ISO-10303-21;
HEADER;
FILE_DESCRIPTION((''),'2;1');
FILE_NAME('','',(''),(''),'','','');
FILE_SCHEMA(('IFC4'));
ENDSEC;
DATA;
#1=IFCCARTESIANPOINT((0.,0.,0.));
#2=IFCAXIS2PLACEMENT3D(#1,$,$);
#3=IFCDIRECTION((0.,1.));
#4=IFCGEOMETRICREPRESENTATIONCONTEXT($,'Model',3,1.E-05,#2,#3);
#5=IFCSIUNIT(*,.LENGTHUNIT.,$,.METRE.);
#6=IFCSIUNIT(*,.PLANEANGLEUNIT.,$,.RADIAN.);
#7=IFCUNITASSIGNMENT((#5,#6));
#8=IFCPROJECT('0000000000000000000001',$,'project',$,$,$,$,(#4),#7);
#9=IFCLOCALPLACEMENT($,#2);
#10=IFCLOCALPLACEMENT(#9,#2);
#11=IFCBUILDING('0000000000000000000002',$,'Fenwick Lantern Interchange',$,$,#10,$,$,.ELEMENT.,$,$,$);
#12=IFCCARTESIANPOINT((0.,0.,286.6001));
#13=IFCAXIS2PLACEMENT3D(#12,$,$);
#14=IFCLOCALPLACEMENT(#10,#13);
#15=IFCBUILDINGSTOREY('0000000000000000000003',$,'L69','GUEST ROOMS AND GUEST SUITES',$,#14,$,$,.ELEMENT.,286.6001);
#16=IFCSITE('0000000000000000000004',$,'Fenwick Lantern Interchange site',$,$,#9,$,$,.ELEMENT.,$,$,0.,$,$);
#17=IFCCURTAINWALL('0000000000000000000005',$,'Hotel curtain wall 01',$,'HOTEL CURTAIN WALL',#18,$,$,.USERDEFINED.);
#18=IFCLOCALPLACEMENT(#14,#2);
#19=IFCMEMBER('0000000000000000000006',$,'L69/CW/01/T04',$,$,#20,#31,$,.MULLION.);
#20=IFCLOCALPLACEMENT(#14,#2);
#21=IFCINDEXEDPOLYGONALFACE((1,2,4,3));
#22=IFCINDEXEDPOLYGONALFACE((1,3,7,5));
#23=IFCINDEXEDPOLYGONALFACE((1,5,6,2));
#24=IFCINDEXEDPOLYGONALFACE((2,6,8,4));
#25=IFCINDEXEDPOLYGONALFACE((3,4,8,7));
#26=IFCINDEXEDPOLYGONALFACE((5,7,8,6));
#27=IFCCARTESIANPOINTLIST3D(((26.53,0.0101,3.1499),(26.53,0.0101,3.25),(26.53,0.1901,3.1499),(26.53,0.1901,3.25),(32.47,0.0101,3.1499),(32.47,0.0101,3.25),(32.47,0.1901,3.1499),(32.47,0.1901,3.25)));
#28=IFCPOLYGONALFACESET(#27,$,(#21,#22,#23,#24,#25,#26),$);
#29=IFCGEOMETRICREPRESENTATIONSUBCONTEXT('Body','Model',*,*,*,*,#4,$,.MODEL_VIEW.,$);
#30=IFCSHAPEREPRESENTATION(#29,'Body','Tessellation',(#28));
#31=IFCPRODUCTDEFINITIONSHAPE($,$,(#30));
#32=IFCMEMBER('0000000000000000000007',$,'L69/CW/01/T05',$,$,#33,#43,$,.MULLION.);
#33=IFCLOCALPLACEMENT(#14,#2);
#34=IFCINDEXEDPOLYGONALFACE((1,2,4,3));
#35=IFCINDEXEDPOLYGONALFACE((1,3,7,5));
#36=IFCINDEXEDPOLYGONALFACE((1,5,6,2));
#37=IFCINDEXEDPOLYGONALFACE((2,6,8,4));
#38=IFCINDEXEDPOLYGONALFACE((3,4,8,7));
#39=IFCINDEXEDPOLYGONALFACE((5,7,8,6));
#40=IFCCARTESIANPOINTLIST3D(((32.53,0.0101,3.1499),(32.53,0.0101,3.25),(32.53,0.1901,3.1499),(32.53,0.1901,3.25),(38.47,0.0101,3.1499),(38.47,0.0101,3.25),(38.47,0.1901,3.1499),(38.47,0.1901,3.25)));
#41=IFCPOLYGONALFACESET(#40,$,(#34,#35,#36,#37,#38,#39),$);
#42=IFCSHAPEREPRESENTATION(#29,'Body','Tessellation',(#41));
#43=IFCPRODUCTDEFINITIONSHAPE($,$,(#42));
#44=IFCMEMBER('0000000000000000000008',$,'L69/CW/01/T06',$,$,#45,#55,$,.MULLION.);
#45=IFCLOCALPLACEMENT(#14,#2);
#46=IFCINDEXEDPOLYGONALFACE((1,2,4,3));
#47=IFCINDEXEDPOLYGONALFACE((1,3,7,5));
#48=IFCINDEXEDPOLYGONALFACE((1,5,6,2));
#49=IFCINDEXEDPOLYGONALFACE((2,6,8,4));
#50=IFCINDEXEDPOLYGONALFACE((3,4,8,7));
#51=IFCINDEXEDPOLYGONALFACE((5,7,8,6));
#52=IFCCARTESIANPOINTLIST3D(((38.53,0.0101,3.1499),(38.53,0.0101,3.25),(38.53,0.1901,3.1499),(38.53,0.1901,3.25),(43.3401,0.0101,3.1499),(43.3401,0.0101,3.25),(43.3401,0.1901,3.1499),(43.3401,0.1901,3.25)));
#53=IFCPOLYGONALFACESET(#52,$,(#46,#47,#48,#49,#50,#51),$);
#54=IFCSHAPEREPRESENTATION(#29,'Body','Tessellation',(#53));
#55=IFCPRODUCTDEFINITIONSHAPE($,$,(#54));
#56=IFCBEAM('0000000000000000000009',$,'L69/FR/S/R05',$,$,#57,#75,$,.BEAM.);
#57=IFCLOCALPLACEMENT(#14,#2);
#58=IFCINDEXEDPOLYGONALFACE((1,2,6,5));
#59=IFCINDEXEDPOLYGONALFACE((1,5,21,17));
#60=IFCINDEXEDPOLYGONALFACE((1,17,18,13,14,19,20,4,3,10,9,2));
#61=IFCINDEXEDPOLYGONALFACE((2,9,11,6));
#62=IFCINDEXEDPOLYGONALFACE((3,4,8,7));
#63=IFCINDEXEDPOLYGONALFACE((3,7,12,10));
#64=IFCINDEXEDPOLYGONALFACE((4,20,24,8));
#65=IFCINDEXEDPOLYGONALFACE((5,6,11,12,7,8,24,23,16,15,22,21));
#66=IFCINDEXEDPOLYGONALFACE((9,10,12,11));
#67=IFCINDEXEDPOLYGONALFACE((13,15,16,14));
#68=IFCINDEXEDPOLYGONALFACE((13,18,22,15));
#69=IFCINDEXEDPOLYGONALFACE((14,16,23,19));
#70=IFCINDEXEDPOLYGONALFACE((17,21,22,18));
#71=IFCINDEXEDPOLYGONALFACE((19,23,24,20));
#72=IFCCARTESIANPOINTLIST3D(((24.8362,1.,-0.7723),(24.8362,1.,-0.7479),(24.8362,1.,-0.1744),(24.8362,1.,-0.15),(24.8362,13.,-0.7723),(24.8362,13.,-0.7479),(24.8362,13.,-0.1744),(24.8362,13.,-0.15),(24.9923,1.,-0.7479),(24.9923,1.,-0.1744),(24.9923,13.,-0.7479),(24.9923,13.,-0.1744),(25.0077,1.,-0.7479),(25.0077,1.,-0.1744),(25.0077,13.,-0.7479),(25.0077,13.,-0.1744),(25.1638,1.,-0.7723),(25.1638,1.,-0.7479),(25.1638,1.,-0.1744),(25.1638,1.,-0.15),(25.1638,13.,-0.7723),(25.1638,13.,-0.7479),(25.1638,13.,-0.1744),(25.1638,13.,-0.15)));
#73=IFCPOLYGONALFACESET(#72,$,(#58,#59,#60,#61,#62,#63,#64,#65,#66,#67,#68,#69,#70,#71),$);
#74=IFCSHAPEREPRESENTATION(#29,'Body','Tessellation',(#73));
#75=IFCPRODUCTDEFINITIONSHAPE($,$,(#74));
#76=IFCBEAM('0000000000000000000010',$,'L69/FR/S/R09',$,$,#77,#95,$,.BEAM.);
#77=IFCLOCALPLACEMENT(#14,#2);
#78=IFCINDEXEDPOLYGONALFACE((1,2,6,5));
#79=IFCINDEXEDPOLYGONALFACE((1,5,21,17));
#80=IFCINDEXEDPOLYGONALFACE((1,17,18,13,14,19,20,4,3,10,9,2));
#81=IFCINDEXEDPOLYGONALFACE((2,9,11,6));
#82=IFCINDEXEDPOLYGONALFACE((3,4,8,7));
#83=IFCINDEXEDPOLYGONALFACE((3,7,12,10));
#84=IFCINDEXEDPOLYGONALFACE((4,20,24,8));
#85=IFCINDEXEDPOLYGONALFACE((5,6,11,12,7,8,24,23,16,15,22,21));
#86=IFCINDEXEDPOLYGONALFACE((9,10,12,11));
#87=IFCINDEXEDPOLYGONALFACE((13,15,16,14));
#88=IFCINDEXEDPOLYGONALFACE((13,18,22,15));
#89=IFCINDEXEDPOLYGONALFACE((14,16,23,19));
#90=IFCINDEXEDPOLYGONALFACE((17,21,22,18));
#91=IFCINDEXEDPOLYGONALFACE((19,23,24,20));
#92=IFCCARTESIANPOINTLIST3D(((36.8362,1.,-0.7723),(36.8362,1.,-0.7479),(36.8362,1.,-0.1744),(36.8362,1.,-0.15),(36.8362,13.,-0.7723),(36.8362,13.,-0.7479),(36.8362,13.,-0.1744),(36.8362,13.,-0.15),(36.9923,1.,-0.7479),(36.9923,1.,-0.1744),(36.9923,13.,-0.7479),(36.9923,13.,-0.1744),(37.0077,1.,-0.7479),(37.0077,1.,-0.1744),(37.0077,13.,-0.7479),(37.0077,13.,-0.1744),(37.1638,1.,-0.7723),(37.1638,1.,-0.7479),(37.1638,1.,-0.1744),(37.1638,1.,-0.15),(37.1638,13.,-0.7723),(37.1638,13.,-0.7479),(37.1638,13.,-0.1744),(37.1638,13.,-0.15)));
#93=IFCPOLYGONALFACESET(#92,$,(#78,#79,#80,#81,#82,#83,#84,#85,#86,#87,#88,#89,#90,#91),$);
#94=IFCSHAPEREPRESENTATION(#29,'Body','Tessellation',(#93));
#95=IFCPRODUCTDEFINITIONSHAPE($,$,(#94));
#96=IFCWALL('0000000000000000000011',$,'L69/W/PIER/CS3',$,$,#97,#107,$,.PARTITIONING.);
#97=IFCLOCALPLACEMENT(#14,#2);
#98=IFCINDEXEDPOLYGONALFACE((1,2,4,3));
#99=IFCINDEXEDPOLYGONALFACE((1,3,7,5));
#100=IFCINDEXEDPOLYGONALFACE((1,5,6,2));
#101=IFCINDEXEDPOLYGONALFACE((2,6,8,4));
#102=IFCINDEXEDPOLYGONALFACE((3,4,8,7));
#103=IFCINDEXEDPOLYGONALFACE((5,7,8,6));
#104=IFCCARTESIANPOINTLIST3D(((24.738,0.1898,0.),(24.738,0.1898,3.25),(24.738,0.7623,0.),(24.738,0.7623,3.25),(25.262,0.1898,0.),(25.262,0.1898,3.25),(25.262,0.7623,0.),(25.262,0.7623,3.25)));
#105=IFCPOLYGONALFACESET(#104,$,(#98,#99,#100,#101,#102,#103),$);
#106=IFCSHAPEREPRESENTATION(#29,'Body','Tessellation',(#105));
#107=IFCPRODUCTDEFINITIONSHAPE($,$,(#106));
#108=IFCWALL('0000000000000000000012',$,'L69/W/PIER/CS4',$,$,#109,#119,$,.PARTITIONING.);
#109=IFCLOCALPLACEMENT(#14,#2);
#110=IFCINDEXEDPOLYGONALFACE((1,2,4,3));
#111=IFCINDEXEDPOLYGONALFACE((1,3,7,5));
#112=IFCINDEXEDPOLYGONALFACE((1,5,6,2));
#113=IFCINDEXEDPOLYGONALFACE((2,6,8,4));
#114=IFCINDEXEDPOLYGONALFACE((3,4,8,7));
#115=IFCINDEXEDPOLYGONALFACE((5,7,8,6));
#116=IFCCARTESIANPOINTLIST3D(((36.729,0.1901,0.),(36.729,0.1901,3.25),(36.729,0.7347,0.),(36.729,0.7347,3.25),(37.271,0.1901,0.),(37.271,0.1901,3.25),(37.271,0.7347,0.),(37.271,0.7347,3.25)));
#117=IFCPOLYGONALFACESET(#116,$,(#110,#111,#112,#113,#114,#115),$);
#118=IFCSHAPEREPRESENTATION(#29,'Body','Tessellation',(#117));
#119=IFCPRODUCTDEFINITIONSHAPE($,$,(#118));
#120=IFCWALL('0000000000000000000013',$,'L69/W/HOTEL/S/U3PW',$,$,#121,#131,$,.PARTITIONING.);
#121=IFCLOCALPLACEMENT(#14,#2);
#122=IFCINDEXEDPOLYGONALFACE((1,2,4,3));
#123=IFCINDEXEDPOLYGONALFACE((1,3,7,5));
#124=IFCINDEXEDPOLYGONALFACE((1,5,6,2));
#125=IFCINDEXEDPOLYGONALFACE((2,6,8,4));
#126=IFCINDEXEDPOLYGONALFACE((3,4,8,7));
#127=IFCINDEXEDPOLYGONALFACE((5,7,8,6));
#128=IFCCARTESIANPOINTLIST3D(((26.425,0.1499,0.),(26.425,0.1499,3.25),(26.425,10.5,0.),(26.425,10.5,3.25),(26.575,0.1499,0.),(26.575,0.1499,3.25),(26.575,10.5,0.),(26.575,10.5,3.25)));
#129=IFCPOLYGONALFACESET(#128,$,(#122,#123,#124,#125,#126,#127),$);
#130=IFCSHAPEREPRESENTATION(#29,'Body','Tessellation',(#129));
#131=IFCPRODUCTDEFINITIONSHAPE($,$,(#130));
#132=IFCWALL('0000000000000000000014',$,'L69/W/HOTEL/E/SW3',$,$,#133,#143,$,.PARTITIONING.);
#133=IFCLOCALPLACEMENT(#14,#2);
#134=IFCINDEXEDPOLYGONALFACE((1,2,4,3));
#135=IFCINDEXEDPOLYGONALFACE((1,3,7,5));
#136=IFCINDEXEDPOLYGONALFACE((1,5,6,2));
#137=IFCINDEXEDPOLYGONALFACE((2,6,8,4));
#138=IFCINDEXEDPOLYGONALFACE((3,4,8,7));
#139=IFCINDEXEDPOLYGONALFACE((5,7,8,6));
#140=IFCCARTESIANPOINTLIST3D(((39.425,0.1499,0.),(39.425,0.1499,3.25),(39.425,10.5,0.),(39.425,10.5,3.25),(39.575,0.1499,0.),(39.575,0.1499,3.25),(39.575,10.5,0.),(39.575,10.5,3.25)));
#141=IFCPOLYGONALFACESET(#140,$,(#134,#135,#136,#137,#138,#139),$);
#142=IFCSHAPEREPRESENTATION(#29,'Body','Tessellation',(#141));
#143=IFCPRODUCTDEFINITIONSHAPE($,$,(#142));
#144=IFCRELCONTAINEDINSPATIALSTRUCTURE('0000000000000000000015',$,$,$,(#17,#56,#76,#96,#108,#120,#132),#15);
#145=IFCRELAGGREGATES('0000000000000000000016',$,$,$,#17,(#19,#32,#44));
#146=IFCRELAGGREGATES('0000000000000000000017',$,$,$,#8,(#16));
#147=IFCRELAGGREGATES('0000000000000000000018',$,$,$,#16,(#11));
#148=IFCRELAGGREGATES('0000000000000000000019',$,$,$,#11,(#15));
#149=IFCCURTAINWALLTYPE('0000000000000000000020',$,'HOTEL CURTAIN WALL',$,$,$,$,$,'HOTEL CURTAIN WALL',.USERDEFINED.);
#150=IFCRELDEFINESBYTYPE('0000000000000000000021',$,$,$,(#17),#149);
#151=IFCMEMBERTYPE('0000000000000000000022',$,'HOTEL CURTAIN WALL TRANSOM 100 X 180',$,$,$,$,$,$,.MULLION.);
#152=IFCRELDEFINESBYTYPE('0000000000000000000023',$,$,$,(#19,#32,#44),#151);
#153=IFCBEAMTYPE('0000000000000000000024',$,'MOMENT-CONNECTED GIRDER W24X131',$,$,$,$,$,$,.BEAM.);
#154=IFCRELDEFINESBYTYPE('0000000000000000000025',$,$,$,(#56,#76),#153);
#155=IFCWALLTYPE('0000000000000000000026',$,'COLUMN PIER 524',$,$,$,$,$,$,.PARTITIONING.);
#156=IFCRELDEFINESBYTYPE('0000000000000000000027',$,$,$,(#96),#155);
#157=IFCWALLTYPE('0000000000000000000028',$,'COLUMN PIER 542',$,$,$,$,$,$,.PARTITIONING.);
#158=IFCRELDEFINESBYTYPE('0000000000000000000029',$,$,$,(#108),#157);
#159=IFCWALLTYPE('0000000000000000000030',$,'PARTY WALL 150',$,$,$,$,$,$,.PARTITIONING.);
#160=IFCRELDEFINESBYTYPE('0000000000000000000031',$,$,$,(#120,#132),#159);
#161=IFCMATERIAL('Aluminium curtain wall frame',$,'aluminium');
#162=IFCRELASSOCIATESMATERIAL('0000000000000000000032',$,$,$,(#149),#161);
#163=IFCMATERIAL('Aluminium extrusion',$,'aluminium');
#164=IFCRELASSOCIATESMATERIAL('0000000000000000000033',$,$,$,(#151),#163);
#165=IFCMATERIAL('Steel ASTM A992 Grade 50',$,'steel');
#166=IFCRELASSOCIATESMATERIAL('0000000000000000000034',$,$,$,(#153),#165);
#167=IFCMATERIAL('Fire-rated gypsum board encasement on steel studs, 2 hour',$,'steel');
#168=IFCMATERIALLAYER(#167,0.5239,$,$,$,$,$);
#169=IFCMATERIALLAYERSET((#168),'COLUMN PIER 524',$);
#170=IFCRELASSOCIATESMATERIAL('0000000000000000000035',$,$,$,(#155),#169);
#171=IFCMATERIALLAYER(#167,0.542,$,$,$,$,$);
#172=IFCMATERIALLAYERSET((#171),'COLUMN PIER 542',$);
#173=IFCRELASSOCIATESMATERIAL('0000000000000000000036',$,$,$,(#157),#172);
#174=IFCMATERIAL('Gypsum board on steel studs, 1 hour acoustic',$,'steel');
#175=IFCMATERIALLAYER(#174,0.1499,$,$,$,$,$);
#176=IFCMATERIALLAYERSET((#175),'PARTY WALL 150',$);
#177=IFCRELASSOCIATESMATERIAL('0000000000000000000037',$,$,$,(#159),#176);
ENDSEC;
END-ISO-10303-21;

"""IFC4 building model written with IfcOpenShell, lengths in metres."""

from ifc_helpers import new_model, si_unit, direction, frame, frame_2d, origin, origin_2d, place, context, subcontext, project, spatial, rectangle, i_section, extrude, material, layer, layer_set, material_profile, profile_set, type_object, element, aggregate, save


model = new_model("IFC4")

# Units and contexts
model_context = context("Model", 3, precision=1e-05, world=origin(), true_north=direction((0.0, 1.0)))
body_context = subcontext(model_context, "Body", "Model", "MODEL_VIEW")
ifc_project = project(units=[si_unit("LENGTHUNIT", "METRE"), si_unit("PLANEANGLEUNIT", "RADIAN")], contexts=[model_context])

# Site, building, storey
site_placement = place(None, origin())
site = spatial("IfcSite", under=ifc_project, at=site_placement, Name="Fenwick Lantern Interchange site", CompositionType="ELEMENT", RefElevation=0.0)
building_placement = place(site_placement, origin())
building = spatial("IfcBuilding", under=site, at=building_placement, Name="Fenwick Lantern Interchange", CompositionType="ELEMENT")
storey_placement = place(building_placement, frame((0.0, 0.0, 286.6001)))
storey = spatial("IfcBuildingStorey", under=building, at=storey_placement, Name="L69", Description="GUEST ROOMS AND GUEST SUITES", CompositionType="ELEMENT", Elevation=286.6001)

# Shared definitions
ifc_material_1 = material(Name="Steel ASTM A992 Grade 50", Category="steel")

# Curtain wall, members
ifc_material_2 = material(Name="Aluminium curtain wall frame", Category="aluminium")
curtain_wall_type = type_object("IfcCurtainWallType", Name="HOTEL CURTAIN WALL", ElementType="HOTEL CURTAIN WALL", PredefinedType="USERDEFINED", material=ifc_material_2)
curtain_wall_placement = place(storey_placement, origin())
curtain_wall = element("IfcCurtainWall", 1, at=curtain_wall_placement, inside=storey, type_object=curtain_wall_type, Name="Hotel curtain wall 01", ObjectType="HOTEL CURTAIN WALL", PredefinedType="USERDEFINED")
ifc_material_3 = material(Name="Aluminium extrusion", Category="aluminium")
ifc_material_profile_1 = material_profile(ifc_material_3, rectangle(XDim=0.1799, YDim=0.1001, at=origin_2d()), Name="HOTEL CURTAIN WALL TRANSOM 100 X 180")
ifc_profile_set_1 = profile_set([ifc_material_profile_1], Name="Aluminium extrusion")
member_type_1 = type_object("IfcMemberType", Name="HOTEL CURTAIN WALL TRANSOM 100 X 180", PredefinedType="MULLION", material=ifc_profile_set_1)
member_1_placement = place(storey_placement, frame((26.53, 0.1001, 3.2), z_axis=(1.0, 0.0, 0.0), x_axis=(0.0, 1.0, 0.0)))
member_1 = element("IfcMember", 2, at=member_1_placement, type_object=member_type_1, Name="L69/CW/01/T04", PredefinedType="MULLION", context=body_context, shape_type="SweptSolid", body=[
    extrude(rectangle(XDim=0.1799, YDim=0.1001, at=origin_2d()), origin(), (0.0, 0.0, 1.0), 5.9399),
])
member_2_placement = place(storey_placement, frame((32.53, 0.1001, 3.2), z_axis=(1.0, 0.0, 0.0), x_axis=(0.0, 1.0, 0.0)))
member_2 = element("IfcMember", 3, at=member_2_placement, type_object=member_type_1, Name="L69/CW/01/T05", PredefinedType="MULLION", context=body_context, shape_type="SweptSolid", body=[
    extrude(rectangle(XDim=0.1799, YDim=0.1001, at=origin_2d()), origin(), (0.0, 0.0, 1.0), 5.9399),
])
member_3_placement = place(storey_placement, frame((38.53, 0.1001, 3.2), z_axis=(1.0, 0.0, 0.0), x_axis=(0.0, 1.0, 0.0)))
member_3 = element("IfcMember", 4, at=member_3_placement, type_object=member_type_1, Name="L69/CW/01/T06", PredefinedType="MULLION", context=body_context, shape_type="SweptSolid", body=[
    extrude(rectangle(XDim=0.1799, YDim=0.1001, at=origin_2d()), origin(), (0.0, 0.0, 1.0), 4.8101),
])
aggregate(curtain_wall, [member_1, member_2, member_3])

# Beams
ifc_material_profile_2 = material_profile(ifc_material_1, i_section(OverallWidth=0.3276, OverallDepth=0.6223, WebThickness=0.0154, FlangeThickness=0.0244, at=origin_2d()), Name="W24X131")
ifc_profile_set_2 = profile_set([ifc_material_profile_2], Name="Steel ASTM A992 Grade 50")
beam_type_1 = type_object("IfcBeamType", Name="MOMENT-CONNECTED GIRDER W24X131", PredefinedType="BEAM", material=ifc_profile_set_2)
for number, where, z_axis, x_axis, name in (
    (5, (25.0, 1.0, -0.4612), (0.0, 1.0, 0.0), (-1.0, 0.0, 0.0), "L69/FR/S/R05"),
    (6, (37.0, 1.0, -0.4612), (0.0, 1.0, 0.0), (-1.0, 0.0, 0.0), "L69/FR/S/R09"),
):
    element("IfcBeam", number, at=place(storey_placement, frame(where, z_axis=z_axis, x_axis=x_axis)), inside=storey, type_object=beam_type_1, Name=name, PredefinedType="BEAM", context=body_context, shape_type="SweptSolid", body=[
        extrude(i_section(OverallWidth=0.3276, OverallDepth=0.6223, WebThickness=0.0154, FlangeThickness=0.0244, at=origin_2d()), origin(), (0.0, 0.0, 1.0), 12.0),
    ])

# Walls
ifc_material_4 = material(Name="Fire-rated gypsum board encasement on steel studs, 2 hour", Category="steel")
ifc_layer_1 = layer(ifc_material_4, 0.5239)
ifc_layer_set_1 = layer_set([ifc_layer_1], Name="COLUMN PIER 524")
wall_type_1 = type_object("IfcWallType", Name="COLUMN PIER 524", PredefinedType="PARTITIONING", material=ifc_layer_set_1)
wall_1_placement = place(storey_placement, frame((25.0, 0.1899, 0.0), z_axis=(0.0, 0.0, 1.0), x_axis=(0.0, 1.0, 0.0)))
element("IfcWall", 7, at=wall_1_placement, inside=storey, type_object=wall_type_1, Name="L69/W/PIER/CS3", PredefinedType="PARTITIONING", context=body_context, shape_type="SweptSolid", body=[
    extrude(rectangle(XDim=0.5725, YDim=0.5239, at=frame_2d((0.2861, 0.0))), origin(), (0.0, 0.0, 1.0), 3.25),
])
ifc_layer_2 = layer(ifc_material_4, 0.542)
ifc_layer_set_2 = layer_set([ifc_layer_2], Name="COLUMN PIER 542")
wall_type_2 = type_object("IfcWallType", Name="COLUMN PIER 542", PredefinedType="PARTITIONING", material=ifc_layer_set_2)
wall_2_placement = place(storey_placement, frame((37.0, 0.1899, 0.0), z_axis=(0.0, 0.0, 1.0), x_axis=(0.0, 1.0, 0.0)))
element("IfcWall", 8, at=wall_2_placement, inside=storey, type_object=wall_type_2, Name="L69/W/PIER/CS4", PredefinedType="PARTITIONING", context=body_context, shape_type="SweptSolid", body=[
    extrude(rectangle(XDim=0.5447, YDim=0.542, at=frame_2d((0.2725, 0.0))), origin(), (0.0, 0.0, 1.0), 3.25),
])
ifc_material_5 = material(Name="Gypsum board on steel studs, 1 hour acoustic", Category="steel")
ifc_layer_3 = layer(ifc_material_5, 0.1499)
ifc_layer_set_3 = layer_set([ifc_layer_3], Name="PARTY WALL 150")
wall_type_3 = type_object("IfcWallType", Name="PARTY WALL 150", PredefinedType="PARTITIONING", material=ifc_layer_set_3)
for number, where, z_axis, x_axis, name in (
    (9, (26.5, 0.1499, 0.0), (0.0, 0.0, 1.0), (0.0, 1.0, 0.0), "L69/W/HOTEL/S/U3PW"),
    (10, (39.5, 0.1499, 0.0), (0.0, 0.0, 1.0), (0.0, 1.0, 0.0), "L69/W/HOTEL/E/SW3"),
):
    element("IfcWall", number, at=place(storey_placement, frame(where, z_axis=z_axis, x_axis=x_axis)), inside=storey, type_object=wall_type_3, Name=name, PredefinedType="PARTITIONING", context=body_context, shape_type="SweptSolid", body=[
        extrude(rectangle(XDim=10.3501, YDim=0.1499, at=frame_2d((5.175, 0.0))), origin(), (0.0, 0.0, 1.0), 3.25),
    ])

save(model, "model.ifc")
